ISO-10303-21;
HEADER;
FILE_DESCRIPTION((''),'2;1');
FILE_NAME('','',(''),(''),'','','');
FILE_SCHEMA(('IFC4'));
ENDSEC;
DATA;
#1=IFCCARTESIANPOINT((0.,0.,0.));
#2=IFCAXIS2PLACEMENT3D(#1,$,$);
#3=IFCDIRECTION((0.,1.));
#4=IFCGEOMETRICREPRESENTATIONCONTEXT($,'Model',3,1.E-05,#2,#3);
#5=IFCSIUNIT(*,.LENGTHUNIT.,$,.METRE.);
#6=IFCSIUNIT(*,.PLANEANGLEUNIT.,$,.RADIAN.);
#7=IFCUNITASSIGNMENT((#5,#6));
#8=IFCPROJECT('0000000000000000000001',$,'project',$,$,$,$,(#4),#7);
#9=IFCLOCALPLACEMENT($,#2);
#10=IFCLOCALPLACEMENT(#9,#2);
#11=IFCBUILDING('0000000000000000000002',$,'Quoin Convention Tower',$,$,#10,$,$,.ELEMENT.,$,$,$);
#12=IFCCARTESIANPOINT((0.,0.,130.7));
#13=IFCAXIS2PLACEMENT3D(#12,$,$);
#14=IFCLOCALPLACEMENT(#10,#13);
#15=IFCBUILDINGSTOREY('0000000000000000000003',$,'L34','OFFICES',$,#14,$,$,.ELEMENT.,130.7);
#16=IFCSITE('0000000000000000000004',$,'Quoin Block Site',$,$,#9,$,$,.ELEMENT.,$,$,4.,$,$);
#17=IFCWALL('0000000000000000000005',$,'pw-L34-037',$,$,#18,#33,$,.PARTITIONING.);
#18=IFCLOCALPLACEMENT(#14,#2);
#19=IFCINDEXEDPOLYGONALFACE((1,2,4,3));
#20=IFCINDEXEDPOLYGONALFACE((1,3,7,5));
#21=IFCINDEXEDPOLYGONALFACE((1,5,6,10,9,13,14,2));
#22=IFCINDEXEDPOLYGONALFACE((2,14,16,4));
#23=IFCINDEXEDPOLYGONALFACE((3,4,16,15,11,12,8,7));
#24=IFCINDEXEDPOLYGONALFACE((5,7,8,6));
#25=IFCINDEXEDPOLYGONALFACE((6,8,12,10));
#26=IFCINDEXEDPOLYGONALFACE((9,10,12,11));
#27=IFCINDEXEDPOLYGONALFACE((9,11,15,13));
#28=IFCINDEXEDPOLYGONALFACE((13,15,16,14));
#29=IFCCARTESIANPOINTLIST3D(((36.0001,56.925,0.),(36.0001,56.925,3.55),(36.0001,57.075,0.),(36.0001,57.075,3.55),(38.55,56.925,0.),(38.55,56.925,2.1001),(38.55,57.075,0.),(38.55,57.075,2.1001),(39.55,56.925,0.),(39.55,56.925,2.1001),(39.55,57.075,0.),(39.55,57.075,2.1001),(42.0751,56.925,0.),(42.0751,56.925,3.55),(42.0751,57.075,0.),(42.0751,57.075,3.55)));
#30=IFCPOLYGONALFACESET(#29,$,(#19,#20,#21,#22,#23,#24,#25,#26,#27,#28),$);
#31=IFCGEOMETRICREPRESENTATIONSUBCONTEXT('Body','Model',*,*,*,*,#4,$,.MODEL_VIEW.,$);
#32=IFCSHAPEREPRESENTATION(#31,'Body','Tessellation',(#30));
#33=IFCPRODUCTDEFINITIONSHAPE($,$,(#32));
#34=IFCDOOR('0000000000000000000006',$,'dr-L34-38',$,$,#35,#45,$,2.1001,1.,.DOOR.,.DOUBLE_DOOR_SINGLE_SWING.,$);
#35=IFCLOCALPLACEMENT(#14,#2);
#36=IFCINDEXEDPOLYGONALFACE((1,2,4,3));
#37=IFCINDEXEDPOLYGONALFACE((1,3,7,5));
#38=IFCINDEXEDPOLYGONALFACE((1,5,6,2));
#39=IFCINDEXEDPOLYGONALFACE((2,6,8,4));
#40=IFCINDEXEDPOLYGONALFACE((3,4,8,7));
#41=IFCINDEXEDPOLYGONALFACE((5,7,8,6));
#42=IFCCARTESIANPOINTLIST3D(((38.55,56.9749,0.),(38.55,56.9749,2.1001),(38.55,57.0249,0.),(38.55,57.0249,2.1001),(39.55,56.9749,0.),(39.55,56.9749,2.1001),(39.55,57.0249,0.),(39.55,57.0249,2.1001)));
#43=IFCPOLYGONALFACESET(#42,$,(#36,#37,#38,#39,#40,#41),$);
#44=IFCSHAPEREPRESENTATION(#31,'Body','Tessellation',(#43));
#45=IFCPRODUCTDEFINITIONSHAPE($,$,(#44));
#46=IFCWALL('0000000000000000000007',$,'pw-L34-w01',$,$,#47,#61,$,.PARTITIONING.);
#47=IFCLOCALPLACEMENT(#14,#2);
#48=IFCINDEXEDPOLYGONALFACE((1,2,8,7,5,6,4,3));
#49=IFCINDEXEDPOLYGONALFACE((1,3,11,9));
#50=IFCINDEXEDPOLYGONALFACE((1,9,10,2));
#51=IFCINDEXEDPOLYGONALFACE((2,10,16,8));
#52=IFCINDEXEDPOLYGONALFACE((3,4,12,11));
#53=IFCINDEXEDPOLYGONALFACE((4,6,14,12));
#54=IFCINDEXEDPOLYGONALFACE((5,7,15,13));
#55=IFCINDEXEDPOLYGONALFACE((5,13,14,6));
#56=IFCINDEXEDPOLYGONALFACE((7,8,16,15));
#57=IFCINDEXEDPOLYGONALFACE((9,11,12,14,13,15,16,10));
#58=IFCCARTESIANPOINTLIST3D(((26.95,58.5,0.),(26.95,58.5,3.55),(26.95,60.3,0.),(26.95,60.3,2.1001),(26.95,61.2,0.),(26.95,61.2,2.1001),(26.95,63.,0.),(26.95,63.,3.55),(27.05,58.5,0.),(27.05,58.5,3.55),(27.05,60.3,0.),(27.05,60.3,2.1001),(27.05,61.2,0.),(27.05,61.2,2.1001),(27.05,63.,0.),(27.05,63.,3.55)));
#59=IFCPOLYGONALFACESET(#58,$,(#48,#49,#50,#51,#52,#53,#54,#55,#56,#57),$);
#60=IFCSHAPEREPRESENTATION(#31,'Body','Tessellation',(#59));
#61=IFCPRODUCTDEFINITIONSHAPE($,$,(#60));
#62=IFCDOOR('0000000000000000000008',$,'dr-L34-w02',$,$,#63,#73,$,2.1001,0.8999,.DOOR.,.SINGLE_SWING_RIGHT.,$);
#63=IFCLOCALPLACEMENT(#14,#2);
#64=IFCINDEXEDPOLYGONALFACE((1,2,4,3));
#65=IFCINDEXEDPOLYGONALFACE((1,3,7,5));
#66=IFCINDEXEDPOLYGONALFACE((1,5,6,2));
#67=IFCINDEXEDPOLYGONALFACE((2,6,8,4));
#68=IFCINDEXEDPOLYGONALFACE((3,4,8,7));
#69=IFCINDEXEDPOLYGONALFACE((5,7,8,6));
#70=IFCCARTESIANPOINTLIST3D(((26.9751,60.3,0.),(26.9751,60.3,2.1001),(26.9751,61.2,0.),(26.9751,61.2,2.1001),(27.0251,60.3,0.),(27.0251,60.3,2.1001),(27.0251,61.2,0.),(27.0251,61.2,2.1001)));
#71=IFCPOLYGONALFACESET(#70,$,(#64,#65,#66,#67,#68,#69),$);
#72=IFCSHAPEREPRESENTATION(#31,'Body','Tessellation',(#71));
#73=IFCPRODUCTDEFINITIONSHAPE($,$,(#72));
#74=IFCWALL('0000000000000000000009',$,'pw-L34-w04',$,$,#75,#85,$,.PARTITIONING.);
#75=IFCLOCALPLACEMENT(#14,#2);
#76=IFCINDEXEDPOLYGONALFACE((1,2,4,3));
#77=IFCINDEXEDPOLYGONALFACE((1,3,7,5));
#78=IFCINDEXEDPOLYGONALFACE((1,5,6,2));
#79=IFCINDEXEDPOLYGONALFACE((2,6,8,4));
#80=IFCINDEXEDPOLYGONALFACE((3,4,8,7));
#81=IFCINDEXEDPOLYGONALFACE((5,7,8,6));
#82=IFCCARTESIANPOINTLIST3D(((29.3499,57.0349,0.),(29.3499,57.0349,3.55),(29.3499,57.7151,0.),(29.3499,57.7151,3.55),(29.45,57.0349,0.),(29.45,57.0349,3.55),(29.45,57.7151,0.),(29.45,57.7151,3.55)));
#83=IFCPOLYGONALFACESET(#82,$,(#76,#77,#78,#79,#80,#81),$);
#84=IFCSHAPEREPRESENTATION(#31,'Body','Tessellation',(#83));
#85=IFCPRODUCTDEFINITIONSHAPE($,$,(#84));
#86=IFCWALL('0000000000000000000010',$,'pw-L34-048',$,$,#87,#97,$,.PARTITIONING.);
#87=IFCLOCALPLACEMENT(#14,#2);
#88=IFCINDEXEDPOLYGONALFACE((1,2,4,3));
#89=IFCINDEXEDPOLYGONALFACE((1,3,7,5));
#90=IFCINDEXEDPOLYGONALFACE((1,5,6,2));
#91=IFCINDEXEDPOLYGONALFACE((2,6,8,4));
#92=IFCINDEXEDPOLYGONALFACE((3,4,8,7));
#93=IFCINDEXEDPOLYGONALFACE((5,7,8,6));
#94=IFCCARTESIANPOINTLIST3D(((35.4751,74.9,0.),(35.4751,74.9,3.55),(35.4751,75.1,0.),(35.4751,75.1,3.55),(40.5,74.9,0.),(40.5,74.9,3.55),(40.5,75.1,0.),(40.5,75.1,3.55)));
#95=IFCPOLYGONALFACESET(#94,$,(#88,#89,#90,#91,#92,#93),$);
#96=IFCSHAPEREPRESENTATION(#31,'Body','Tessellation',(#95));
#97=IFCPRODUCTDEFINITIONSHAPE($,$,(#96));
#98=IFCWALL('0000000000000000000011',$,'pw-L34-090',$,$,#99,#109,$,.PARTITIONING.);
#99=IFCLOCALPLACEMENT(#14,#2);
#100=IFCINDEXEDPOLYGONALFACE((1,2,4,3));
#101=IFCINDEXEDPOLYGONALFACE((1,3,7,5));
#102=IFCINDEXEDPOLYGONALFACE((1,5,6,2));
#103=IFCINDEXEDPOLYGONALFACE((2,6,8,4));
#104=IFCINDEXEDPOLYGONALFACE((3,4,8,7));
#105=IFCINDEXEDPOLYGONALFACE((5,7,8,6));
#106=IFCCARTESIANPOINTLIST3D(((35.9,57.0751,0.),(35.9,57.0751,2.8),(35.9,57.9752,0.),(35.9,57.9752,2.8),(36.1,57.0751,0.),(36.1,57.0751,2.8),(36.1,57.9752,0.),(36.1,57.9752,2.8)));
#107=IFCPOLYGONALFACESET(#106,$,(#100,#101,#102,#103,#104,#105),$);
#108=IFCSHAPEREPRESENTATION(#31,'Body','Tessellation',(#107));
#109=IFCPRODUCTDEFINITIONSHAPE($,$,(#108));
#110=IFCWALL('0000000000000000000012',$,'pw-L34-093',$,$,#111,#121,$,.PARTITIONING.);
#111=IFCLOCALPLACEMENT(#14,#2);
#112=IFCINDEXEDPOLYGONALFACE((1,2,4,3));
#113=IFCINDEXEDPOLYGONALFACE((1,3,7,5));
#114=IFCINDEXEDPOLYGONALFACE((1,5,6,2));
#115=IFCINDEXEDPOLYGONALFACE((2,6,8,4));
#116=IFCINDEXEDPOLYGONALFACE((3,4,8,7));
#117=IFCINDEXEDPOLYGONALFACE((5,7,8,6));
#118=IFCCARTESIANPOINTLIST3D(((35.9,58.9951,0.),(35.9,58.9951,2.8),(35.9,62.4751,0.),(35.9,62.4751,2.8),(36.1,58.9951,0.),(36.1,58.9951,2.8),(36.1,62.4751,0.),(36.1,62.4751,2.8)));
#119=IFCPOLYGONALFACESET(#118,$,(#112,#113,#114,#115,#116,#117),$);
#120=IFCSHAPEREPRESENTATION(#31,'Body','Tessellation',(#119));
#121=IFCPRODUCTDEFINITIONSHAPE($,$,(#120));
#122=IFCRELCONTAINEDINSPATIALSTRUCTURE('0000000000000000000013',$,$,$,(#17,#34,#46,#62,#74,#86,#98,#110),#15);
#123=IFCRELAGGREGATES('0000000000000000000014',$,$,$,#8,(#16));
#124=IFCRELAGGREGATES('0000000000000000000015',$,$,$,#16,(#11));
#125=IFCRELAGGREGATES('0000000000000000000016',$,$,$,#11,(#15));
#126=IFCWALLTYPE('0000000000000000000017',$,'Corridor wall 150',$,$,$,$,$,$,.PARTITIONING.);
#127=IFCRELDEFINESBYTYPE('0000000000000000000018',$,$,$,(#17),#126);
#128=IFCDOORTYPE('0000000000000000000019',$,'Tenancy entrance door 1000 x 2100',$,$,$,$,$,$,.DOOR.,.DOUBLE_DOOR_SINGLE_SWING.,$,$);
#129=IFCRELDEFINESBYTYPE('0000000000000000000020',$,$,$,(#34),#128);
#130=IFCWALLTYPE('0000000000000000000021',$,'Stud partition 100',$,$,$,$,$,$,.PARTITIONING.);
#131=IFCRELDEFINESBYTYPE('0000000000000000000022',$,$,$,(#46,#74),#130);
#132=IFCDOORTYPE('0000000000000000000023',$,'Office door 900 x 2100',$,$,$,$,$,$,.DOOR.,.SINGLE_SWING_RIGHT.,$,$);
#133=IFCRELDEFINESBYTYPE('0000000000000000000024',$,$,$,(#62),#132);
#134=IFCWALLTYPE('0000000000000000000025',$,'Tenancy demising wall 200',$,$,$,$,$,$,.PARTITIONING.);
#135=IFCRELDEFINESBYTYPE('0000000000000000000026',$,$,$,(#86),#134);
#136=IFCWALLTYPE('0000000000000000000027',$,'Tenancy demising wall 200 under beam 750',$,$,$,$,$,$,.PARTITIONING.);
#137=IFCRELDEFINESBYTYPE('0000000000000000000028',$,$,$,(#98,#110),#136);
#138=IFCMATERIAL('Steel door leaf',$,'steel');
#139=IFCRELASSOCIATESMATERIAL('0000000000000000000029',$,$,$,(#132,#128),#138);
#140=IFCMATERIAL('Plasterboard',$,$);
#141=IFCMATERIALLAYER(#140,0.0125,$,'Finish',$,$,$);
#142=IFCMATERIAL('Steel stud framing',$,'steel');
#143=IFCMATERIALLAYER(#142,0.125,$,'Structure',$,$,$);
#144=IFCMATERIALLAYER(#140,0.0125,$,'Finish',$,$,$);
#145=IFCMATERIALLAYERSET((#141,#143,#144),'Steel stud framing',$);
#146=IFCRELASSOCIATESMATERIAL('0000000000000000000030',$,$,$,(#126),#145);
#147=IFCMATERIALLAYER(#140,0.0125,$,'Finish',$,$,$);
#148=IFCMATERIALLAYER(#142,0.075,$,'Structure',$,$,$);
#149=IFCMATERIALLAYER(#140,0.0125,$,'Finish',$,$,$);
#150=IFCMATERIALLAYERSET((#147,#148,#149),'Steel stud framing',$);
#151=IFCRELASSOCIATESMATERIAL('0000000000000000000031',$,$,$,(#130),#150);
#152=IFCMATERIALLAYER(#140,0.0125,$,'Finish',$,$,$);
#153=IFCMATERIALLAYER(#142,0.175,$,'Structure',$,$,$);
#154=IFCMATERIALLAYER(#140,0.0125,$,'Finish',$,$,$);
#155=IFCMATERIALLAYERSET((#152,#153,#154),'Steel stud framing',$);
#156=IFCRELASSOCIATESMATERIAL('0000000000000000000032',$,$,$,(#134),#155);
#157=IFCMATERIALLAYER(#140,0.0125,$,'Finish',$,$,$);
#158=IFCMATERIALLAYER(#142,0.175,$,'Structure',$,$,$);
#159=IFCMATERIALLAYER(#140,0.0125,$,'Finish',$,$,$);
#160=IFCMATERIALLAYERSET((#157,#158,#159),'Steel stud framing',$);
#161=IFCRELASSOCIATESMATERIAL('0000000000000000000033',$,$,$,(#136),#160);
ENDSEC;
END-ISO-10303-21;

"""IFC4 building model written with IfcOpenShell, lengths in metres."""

from ifc_helpers import new_model, si_unit, direction, frame, frame_2d, origin, place, context, subcontext, project, spatial, rectangle, extrude, material, layer, layer_set, type_object, element, fill, save


model = new_model("IFC4")

# Units and contexts
model_context = context("Model", 3, precision=1e-05, world=origin(), true_north=direction((0.0, 1.0)))
body_context = subcontext(model_context, "Body", "Model", "MODEL_VIEW")
ifc_project = project(units=[si_unit("LENGTHUNIT", "METRE"), si_unit("PLANEANGLEUNIT", "RADIAN")], contexts=[model_context])

# Site, building, storey
site_placement = place(None, origin())
site = spatial("IfcSite", under=ifc_project, at=site_placement, Name="Quoin Block Site", CompositionType="ELEMENT", RefElevation=4.0)
building_placement = place(site_placement, origin())
building = spatial("IfcBuilding", under=site, at=building_placement, Name="Quoin Convention Tower", CompositionType="ELEMENT")
storey_placement = place(building_placement, frame((0.0, 0.0, 130.7)))
storey = spatial("IfcBuildingStorey", under=building, at=storey_placement, Name="L34", Description="OFFICES", CompositionType="ELEMENT", Elevation=130.7)

# Shared definitions
ifc_material_1 = material(Name="Plasterboard")
ifc_material_2 = material(Name="Steel stud framing", Category="steel")
ifc_material_3 = material(Name="Steel door leaf", Category="steel")
door_type_1 = type_object("IfcDoorType", Name="Office door 900 x 2100", OperationType="SINGLE_SWING_RIGHT", PredefinedType="DOOR", material=ifc_material_3)

# Walls, openings, doors
ifc_layer_1 = layer(ifc_material_1, 0.0125, Name="Finish")
ifc_layer_2 = layer(ifc_material_2, 0.125, Name="Structure")
ifc_layer_3 = layer(ifc_material_1, 0.0125, Name="Finish")
ifc_layer_set_1 = layer_set([ifc_layer_1, ifc_layer_2, ifc_layer_3], Name="Steel stud framing")
wall_type_1 = type_object("IfcWallType", Name="Corridor wall 150", PredefinedType="PARTITIONING", material=ifc_layer_set_1)
wall_1_placement = place(storey_placement, frame((36.0, 57.0, 0.0), z_axis=(0.0, 0.0, 1.0), x_axis=(1.0, 0.0, 0.0)))
wall_1 = element("IfcWall", 1, at=wall_1_placement, inside=storey, type_object=wall_type_1, Name="pw-L34-037", PredefinedType="PARTITIONING", context=body_context, shape_type="SweptSolid", body=[
    extrude(rectangle(XDim=6.075, YDim=0.1499, at=frame_2d((3.0376, 0.0))), origin(), (0.0, 0.0, 1.0), 3.55),
])
opening_1_placement = place(wall_1_placement, frame((2.55, 0.0, 0.0)))
opening_1 = element("IfcOpeningElement", 2, at=opening_1_placement, cuts=wall_1, PredefinedType="OPENING", context=body_context, shape_type="SweptSolid", body=[
    extrude(rectangle(XDim=1.0, YDim=2.1001, at=frame_2d((0.5, 1.05))), frame((0.0, 0.085, 0.0), z_axis=(0.0, -1.0, 0.0), x_axis=(1.0, 0.0, 0.0)), (0.0, 0.0, 1.0), 0.1699),
])
door_type_2 = type_object("IfcDoorType", Name="Tenancy entrance door 1000 x 2100", OperationType="DOUBLE_DOOR_SINGLE_SWING", PredefinedType="DOOR", material=ifc_material_3)
door_1_placement = place(opening_1_placement, origin())
door_1 = element("IfcDoor", 3, at=door_1_placement, inside=storey, type_object=door_type_2, Name="dr-L34-38", OperationType="DOUBLE_DOOR_SINGLE_SWING", OverallHeight=2.1001, OverallWidth=1.0, PredefinedType="DOOR", context=body_context, shape_type="SweptSolid", body=[
    extrude(rectangle(XDim=1.0, YDim=2.1001, at=frame_2d((0.5, 1.05))), frame((0.0, 0.0249, 0.0), z_axis=(0.0, -1.0, 0.0), x_axis=(1.0, 0.0, 0.0)), (0.0, 0.0, 1.0), 0.05),
])
fill(opening_1, door_1)
ifc_layer_4 = layer(ifc_material_1, 0.0125, Name="Finish")
ifc_layer_5 = layer(ifc_material_2, 0.075, Name="Structure")
ifc_layer_6 = layer(ifc_material_1, 0.0125, Name="Finish")
ifc_layer_set_2 = layer_set([ifc_layer_4, ifc_layer_5, ifc_layer_6], Name="Steel stud framing")
wall_type_2 = type_object("IfcWallType", Name="Stud partition 100", PredefinedType="PARTITIONING", material=ifc_layer_set_2)
wall_2_placement = place(storey_placement, frame((27.0, 63.0, 0.0), z_axis=(0.0, 0.0, 1.0), x_axis=(0.0, -1.0, 0.0)))
wall_2 = element("IfcWall", 4, at=wall_2_placement, inside=storey, type_object=wall_type_2, Name="pw-L34-w01", PredefinedType="PARTITIONING", context=body_context, shape_type="SweptSolid", body=[
    extrude(rectangle(XDim=4.5, YDim=0.1001, at=frame_2d((2.25, 0.0))), origin(), (0.0, 0.0, 1.0), 3.55),
])
opening_2_placement = place(wall_2_placement, frame((1.8, 0.0, 0.0)))
opening_2 = element("IfcOpeningElement", 5, at=opening_2_placement, cuts=wall_2, PredefinedType="OPENING", context=body_context, shape_type="SweptSolid", body=[
    extrude(rectangle(XDim=0.8999, YDim=2.1001, at=frame_2d((0.45, 1.05))), frame((0.0, 0.0601, 0.0), z_axis=(0.0, -1.0, 0.0), x_axis=(1.0, 0.0, 0.0)), (0.0, 0.0, 1.0), 0.1201),
])
door_2_placement = place(opening_2_placement, frame((0.8999, 0.0, 0.0), z_axis=(0.0, 0.0, 1.0), x_axis=(-1.0, 0.0, 0.0)))
door_2 = element("IfcDoor", 6, at=door_2_placement, inside=storey, type_object=door_type_1, Name="dr-L34-w02", OperationType="SINGLE_SWING_RIGHT", OverallHeight=2.1001, OverallWidth=0.8999, PredefinedType="DOOR", context=body_context, shape_type="SweptSolid", body=[
    extrude(rectangle(XDim=0.8999, YDim=2.1001, at=frame_2d((0.45, 1.05))), frame((0.0, 0.0249, 0.0), z_axis=(0.0, -1.0, 0.0), x_axis=(1.0, 0.0, 0.0)), (0.0, 0.0, 1.0), 0.05),
])
fill(opening_2, door_2)

# Walls
wall_3_placement = place(storey_placement, frame((29.3999, 57.7151, 0.0), z_axis=(0.0, 0.0, 1.0), x_axis=(0.0, -1.0, 0.0)))
element("IfcWall", 7, at=wall_3_placement, inside=storey, type_object=wall_type_2, Name="pw-L34-w04", PredefinedType="PARTITIONING", context=body_context, shape_type="SweptSolid", body=[
    extrude(rectangle(XDim=0.6802, YDim=0.1001, at=frame_2d((0.3401, 0.0))), origin(), (0.0, 0.0, 1.0), 3.55),
])
ifc_layer_7 = layer(ifc_material_1, 0.0125, Name="Finish")
ifc_layer_8 = layer(ifc_material_2, 0.175, Name="Structure")
ifc_layer_9 = layer(ifc_material_1, 0.0125, Name="Finish")
ifc_layer_set_3 = layer_set([ifc_layer_7, ifc_layer_8, ifc_layer_9], Name="Steel stud framing")
wall_type_3 = type_object("IfcWallType", Name="Tenancy demising wall 200", PredefinedType="PARTITIONING", material=ifc_layer_set_3)
wall_4_placement = place(storey_placement, frame((35.4751, 75.0, 0.0), z_axis=(0.0, 0.0, 1.0), x_axis=(1.0, 0.0, 0.0)))
element("IfcWall", 8, at=wall_4_placement, inside=storey, type_object=wall_type_3, Name="pw-L34-048", PredefinedType="PARTITIONING", context=body_context, shape_type="SweptSolid", body=[
    extrude(rectangle(XDim=5.0249, YDim=0.2, at=frame_2d((2.5125, 0.0))), origin(), (0.0, 0.0, 1.0), 3.55),
])
ifc_layer_10 = layer(ifc_material_1, 0.0125, Name="Finish")
ifc_layer_11 = layer(ifc_material_2, 0.175, Name="Structure")
ifc_layer_12 = layer(ifc_material_1, 0.0125, Name="Finish")
ifc_layer_set_4 = layer_set([ifc_layer_10, ifc_layer_11, ifc_layer_12], Name="Steel stud framing")
wall_type_4 = type_object("IfcWallType", Name="Tenancy demising wall 200 under beam 750", PredefinedType="PARTITIONING", material=ifc_layer_set_4)
wall_5_placement = place(storey_placement, frame((36.0, 57.075, 0.0), z_axis=(0.0, 0.0, 1.0), x_axis=(0.0, 1.0, 0.0)))
element("IfcWall", 9, at=wall_5_placement, inside=storey, type_object=wall_type_4, Name="pw-L34-090", PredefinedType="PARTITIONING", context=body_context, shape_type="SweptSolid", body=[
    extrude(rectangle(XDim=0.9001, YDim=0.2, at=frame_2d((0.4502, 0.0))), origin(), (0.0, 0.0, 1.0), 2.8),
])
wall_6_placement = place(storey_placement, frame((36.0, 58.9951, 0.0), z_axis=(0.0, 0.0, 1.0), x_axis=(0.0, 1.0, 0.0)))
element("IfcWall", 10, at=wall_6_placement, inside=storey, type_object=wall_type_4, Name="pw-L34-093", PredefinedType="PARTITIONING", context=body_context, shape_type="SweptSolid", body=[
    extrude(rectangle(XDim=3.48, YDim=0.2, at=frame_2d((1.74, 0.0))), origin(), (0.0, 0.0, 1.0), 2.8),
])

save(model, "model.ifc")
